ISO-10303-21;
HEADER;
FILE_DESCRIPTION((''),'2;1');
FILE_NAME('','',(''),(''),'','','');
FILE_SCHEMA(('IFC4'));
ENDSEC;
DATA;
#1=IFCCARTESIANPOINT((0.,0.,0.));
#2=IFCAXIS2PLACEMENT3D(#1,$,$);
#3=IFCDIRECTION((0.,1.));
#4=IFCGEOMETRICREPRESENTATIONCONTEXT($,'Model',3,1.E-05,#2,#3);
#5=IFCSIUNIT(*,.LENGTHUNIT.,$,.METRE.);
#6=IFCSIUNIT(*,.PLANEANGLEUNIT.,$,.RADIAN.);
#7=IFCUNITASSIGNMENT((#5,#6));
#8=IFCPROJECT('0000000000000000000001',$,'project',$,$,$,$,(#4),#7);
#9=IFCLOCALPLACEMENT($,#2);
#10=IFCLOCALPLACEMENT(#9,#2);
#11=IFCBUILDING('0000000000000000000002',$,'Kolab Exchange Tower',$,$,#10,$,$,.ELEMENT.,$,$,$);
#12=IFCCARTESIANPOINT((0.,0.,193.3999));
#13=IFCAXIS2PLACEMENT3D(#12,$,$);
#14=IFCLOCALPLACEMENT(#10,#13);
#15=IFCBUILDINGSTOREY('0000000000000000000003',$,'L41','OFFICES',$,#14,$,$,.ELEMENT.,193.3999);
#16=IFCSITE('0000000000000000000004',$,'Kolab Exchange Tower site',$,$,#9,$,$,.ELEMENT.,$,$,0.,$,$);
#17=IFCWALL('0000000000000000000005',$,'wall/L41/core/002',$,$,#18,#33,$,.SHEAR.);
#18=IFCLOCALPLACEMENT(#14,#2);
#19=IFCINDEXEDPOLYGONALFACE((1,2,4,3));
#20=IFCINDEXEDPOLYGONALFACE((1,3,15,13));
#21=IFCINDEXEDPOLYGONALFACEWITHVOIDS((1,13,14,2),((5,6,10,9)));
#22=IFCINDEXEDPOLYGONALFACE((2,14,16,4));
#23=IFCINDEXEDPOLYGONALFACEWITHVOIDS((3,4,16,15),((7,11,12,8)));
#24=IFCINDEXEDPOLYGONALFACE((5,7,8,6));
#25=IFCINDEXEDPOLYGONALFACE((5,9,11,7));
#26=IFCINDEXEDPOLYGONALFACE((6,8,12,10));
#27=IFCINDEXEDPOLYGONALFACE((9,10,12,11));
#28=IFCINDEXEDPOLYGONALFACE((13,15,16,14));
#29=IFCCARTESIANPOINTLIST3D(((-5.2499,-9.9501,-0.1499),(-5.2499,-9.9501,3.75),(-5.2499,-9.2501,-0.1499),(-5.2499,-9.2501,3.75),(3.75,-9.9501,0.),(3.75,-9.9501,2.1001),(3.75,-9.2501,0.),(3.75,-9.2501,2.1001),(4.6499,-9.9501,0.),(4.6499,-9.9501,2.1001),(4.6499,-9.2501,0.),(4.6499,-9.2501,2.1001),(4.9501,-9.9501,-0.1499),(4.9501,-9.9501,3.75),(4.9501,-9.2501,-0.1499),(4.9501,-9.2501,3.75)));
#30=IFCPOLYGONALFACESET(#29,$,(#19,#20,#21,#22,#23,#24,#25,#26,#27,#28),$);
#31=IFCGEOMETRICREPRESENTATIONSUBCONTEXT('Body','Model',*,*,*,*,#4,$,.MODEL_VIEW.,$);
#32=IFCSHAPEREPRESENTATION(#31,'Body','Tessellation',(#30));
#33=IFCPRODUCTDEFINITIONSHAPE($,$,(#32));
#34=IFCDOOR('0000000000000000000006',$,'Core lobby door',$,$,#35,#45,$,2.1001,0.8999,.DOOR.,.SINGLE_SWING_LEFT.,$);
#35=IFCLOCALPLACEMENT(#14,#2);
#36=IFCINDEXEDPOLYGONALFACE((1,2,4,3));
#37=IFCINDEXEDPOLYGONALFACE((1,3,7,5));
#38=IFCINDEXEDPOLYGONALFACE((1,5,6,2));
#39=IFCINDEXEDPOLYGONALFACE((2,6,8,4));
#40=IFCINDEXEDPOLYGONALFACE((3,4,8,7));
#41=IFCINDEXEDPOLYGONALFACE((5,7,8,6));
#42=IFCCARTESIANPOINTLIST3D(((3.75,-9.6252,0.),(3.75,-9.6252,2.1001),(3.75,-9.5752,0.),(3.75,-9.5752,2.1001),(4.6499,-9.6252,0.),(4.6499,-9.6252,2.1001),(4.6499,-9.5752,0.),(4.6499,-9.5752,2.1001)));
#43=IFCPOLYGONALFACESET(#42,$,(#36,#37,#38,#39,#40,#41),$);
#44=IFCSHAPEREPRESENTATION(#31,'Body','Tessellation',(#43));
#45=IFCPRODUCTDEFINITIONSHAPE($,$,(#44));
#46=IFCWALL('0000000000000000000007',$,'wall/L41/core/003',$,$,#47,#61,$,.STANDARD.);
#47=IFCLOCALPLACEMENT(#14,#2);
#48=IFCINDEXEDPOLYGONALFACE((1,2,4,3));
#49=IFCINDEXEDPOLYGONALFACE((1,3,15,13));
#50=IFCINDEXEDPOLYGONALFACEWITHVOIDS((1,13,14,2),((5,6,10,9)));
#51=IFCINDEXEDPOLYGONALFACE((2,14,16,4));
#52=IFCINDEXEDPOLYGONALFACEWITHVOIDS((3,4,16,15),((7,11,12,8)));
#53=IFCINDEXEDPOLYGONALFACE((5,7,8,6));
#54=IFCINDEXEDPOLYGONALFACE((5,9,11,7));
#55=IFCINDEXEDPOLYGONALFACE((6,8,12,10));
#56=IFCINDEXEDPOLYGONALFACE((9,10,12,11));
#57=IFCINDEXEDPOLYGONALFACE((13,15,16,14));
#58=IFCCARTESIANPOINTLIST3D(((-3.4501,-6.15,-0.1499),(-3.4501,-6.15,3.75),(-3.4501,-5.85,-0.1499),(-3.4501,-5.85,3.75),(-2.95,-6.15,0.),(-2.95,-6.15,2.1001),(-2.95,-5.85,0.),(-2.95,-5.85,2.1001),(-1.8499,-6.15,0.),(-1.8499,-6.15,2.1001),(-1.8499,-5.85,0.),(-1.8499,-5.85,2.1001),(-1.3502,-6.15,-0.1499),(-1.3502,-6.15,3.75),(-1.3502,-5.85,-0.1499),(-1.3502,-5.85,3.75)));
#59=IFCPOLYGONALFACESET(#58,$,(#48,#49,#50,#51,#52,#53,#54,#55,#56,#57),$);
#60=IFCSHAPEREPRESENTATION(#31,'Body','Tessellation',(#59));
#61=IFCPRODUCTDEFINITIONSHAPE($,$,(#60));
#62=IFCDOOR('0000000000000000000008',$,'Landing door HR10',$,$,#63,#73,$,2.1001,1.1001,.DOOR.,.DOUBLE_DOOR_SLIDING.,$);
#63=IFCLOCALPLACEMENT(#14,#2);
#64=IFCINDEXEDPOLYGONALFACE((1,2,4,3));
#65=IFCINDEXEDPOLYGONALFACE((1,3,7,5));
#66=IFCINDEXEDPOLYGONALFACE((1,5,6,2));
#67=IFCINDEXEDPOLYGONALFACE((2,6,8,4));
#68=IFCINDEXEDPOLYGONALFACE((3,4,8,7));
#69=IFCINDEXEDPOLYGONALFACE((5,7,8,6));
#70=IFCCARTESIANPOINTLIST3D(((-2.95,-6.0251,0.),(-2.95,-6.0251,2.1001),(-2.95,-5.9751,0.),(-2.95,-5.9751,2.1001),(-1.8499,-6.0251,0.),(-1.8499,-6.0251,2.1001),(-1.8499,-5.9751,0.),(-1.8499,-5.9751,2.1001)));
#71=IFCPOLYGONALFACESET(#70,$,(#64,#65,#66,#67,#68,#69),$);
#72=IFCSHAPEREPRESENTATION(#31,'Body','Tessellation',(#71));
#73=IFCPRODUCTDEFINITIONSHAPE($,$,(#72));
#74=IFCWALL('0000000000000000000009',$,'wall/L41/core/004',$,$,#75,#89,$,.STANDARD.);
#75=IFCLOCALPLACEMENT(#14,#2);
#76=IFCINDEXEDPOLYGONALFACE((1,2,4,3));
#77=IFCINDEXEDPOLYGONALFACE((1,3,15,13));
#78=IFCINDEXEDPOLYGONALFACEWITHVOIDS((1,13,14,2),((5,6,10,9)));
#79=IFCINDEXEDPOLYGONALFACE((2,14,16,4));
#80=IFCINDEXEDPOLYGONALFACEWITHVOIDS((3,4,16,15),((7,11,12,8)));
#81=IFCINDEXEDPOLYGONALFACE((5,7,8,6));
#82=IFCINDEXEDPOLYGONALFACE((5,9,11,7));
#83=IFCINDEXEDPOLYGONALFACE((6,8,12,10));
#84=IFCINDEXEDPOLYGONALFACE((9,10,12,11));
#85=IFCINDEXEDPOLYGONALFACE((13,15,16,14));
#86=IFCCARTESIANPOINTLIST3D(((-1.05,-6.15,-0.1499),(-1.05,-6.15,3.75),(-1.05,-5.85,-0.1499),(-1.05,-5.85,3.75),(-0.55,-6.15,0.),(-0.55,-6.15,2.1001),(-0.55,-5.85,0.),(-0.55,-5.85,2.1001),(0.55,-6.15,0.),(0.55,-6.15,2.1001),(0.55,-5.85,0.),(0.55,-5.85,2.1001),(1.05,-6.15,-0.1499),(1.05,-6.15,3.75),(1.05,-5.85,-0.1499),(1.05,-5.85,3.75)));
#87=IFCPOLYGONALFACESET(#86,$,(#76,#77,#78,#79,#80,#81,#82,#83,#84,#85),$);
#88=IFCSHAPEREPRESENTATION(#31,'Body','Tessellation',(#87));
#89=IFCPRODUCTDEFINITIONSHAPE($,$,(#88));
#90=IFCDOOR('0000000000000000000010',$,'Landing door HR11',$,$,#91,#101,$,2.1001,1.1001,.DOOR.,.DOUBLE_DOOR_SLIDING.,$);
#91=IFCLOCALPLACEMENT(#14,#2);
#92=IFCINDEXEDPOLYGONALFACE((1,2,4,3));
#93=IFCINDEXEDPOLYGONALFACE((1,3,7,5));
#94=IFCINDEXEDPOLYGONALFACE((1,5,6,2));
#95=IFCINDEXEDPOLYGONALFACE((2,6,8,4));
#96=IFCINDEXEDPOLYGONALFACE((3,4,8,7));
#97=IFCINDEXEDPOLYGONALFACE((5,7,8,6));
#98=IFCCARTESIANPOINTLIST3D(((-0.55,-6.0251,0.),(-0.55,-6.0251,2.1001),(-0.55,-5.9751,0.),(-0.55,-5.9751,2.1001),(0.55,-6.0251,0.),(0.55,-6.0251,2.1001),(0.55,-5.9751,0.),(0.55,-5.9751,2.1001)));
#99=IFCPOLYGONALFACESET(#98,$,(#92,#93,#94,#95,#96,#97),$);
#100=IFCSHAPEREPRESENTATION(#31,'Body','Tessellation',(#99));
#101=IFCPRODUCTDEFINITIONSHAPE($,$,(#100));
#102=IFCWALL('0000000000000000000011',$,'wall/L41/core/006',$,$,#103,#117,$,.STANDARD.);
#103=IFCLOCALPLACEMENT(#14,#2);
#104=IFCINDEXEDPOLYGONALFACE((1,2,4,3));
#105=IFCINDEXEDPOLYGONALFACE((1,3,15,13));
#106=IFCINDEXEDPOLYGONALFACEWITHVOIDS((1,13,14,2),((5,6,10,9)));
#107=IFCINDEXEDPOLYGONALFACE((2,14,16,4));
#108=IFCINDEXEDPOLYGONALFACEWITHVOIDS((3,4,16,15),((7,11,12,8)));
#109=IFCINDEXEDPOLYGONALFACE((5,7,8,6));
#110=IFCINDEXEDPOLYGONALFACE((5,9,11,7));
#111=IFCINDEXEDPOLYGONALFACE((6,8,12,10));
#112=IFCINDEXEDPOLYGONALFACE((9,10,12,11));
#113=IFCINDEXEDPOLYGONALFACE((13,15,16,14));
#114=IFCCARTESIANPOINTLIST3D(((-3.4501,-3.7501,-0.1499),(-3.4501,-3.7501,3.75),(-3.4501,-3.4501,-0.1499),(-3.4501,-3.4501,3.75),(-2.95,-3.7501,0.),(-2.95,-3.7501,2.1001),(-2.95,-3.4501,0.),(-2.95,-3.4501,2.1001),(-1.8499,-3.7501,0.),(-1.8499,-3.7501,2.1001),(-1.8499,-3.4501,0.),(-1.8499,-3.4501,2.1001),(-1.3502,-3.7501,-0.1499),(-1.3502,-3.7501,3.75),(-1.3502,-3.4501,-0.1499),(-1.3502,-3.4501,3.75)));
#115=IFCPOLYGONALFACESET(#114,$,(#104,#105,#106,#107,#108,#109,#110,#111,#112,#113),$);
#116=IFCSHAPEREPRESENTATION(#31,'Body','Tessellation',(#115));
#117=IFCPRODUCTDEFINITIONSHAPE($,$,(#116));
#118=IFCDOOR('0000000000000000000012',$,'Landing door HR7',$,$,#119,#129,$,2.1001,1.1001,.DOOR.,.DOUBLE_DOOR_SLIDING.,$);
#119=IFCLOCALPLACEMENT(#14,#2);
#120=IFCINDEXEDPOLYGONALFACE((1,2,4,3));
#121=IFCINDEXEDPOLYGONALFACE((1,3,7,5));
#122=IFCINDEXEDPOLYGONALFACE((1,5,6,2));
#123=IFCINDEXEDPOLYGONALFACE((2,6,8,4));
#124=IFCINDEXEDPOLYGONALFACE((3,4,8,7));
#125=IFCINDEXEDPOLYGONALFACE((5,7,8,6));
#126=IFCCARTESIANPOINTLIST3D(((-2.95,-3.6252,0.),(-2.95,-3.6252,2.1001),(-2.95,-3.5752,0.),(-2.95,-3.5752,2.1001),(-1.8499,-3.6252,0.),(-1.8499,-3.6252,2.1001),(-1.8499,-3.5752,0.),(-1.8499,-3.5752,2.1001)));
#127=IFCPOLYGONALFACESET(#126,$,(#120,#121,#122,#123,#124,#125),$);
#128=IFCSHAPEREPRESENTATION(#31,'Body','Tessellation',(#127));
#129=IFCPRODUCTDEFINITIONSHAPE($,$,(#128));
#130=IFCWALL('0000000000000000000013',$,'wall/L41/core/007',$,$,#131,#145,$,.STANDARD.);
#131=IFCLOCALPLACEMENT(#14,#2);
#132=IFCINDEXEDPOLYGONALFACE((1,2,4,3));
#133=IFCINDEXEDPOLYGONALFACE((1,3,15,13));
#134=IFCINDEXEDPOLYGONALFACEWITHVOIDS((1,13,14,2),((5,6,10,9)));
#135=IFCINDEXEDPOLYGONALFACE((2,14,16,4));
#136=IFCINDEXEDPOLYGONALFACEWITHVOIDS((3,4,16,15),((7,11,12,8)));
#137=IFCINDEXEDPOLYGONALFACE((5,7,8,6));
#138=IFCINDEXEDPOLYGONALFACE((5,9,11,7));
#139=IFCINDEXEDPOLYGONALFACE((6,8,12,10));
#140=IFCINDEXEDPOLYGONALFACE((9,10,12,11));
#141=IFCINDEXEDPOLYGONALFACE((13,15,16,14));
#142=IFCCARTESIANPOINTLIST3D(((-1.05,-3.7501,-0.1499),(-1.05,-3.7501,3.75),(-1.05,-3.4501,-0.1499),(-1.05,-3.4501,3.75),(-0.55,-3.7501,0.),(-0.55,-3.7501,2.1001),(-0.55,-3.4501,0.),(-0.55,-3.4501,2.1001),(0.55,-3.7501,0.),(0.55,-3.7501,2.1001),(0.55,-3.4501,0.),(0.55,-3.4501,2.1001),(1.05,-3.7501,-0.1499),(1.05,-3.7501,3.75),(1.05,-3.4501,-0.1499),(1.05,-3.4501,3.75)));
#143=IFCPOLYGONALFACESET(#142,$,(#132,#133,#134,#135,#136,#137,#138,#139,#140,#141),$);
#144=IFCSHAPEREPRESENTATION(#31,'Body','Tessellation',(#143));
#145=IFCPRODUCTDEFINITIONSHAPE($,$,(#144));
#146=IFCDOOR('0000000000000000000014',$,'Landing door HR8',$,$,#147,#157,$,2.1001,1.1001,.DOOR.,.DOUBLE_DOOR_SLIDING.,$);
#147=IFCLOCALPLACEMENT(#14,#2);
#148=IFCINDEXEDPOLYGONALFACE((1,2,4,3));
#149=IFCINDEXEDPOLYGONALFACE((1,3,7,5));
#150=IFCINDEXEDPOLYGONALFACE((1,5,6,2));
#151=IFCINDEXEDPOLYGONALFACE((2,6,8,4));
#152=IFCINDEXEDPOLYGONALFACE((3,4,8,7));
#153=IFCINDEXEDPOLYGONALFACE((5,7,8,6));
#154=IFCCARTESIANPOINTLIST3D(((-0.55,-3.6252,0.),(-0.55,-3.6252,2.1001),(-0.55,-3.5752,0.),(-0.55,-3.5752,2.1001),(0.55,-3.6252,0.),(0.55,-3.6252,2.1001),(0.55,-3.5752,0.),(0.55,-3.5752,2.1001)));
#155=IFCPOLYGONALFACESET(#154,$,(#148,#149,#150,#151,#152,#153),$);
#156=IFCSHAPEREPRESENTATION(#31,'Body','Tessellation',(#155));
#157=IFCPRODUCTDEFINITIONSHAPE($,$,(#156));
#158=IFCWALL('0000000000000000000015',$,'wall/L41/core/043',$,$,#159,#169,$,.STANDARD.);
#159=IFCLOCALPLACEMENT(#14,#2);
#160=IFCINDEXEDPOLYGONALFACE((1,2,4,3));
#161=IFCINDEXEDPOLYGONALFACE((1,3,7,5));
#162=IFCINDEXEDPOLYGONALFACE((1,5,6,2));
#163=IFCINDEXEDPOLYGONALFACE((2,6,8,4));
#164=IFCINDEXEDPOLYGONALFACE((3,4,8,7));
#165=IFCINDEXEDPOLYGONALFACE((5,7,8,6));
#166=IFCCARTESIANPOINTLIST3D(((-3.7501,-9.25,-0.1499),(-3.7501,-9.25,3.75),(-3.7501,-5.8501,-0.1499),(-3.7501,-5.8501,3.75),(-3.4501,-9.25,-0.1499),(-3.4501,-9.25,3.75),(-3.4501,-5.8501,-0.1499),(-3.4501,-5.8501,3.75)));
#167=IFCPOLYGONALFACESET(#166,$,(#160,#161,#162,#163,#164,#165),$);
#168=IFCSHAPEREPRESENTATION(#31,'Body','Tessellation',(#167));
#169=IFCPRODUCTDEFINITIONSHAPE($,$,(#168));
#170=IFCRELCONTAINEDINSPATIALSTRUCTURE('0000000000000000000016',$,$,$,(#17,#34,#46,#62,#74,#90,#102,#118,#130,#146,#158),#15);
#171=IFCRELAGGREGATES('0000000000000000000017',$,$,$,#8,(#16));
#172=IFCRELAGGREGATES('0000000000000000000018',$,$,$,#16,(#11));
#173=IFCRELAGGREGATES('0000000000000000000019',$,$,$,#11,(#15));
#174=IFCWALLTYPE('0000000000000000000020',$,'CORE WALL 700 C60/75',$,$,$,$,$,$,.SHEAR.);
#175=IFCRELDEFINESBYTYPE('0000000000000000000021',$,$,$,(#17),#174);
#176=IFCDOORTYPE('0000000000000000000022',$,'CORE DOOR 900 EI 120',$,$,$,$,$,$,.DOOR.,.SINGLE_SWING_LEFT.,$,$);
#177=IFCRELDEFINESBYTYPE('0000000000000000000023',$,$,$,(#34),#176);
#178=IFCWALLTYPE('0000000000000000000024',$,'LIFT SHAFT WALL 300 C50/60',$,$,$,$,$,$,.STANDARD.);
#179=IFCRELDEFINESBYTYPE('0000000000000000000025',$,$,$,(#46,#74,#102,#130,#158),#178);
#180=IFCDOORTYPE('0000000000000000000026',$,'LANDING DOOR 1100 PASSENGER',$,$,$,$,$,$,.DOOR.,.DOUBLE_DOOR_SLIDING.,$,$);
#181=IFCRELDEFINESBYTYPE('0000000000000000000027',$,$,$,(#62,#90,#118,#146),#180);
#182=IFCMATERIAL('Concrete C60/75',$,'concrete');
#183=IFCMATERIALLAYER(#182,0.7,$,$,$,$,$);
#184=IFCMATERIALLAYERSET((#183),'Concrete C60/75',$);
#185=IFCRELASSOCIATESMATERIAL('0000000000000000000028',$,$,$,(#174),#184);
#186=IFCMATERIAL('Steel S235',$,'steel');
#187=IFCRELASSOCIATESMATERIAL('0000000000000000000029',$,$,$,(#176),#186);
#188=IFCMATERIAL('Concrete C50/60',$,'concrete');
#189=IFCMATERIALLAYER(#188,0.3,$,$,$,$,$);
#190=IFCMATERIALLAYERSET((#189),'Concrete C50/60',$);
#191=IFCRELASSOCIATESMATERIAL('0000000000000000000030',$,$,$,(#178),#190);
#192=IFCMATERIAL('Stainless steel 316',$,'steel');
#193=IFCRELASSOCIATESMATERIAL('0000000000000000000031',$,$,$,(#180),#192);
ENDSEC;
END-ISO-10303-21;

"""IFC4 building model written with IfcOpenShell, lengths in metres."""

from ifc_helpers import new_model, si_unit, direction, frame, frame_2d, origin, place, context, subcontext, project, spatial, rectangle, extrude, material, layer, layer_set, type_object, element, fill, save


model = new_model("IFC4")

# Units and contexts
model_context = context("Model", 3, precision=1e-05, world=origin(), true_north=direction((0.0, 1.0)))
body_context = subcontext(model_context, "Body", "Model", "MODEL_VIEW")
ifc_project = project(units=[si_unit("LENGTHUNIT", "METRE"), si_unit("PLANEANGLEUNIT", "RADIAN")], contexts=[model_context])

# Site, building, storey
site_placement = place(None, origin())
site = spatial("IfcSite", under=ifc_project, at=site_placement, Name="Kolab Exchange Tower site", CompositionType="ELEMENT", RefElevation=0.0)
building_placement = place(site_placement, origin())
building = spatial("IfcBuilding", under=site, at=building_placement, Name="Kolab Exchange Tower", CompositionType="ELEMENT")
storey_placement = place(building_placement, frame((0.0, 0.0, 193.3999)))
storey = spatial("IfcBuildingStorey", under=building, at=storey_placement, Name="L41", Description="OFFICES", CompositionType="ELEMENT", Elevation=193.3999)

# Walls, openings, doors
ifc_material_1 = material(Name="Concrete C60/75", Category="concrete")
ifc_layer_1 = layer(ifc_material_1, 0.7)
ifc_layer_set_1 = layer_set([ifc_layer_1], Name="Concrete C60/75")
wall_type_1 = type_object("IfcWallType", Name="CORE WALL 700 C60/75", PredefinedType="SHEAR", material=ifc_layer_set_1)
wall_1_placement = place(storey_placement, frame((-5.25, -9.6001, -0.1499), z_axis=(0.0, 0.0, 1.0), x_axis=(1.0, 0.0, 0.0)))
wall_1 = element("IfcWall", 1, at=wall_1_placement, inside=storey, type_object=wall_type_1, Name="wall/L41/core/002", PredefinedType="SHEAR", context=body_context, shape_type="SweptSolid", body=[
    extrude(rectangle(XDim=10.2, YDim=0.7, at=frame_2d((5.1001, 0.0))), origin(), (0.0, 0.0, 1.0), 3.8999),
])
opening_1_placement = place(wall_1_placement, frame((9.0, 0.0, 0.1499)))
opening_1 = element("IfcOpeningElement", 2, at=opening_1_placement, cuts=wall_1, PredefinedType="OPENING", context=body_context, shape_type="SweptSolid", body=[
    extrude(rectangle(XDim=0.8999, YDim=2.1001, at=frame_2d((0.45, 1.05))), frame((0.0, 0.3599, 0.0), z_axis=(0.0, -1.0, 0.0), x_axis=(1.0, 0.0, 0.0)), (0.0, 0.0, 1.0), 0.72),
])
ifc_material_2 = material(Name="Steel S235", Category="steel")
door_type_1 = type_object("IfcDoorType", Name="CORE DOOR 900 EI 120", OperationType="SINGLE_SWING_LEFT", PredefinedType="DOOR", material=ifc_material_2)
door_1_placement = place(opening_1_placement, origin())
door_1 = element("IfcDoor", 3, at=door_1_placement, inside=storey, type_object=door_type_1, Name="Core lobby door", OperationType="SINGLE_SWING_LEFT", OverallHeight=2.1001, OverallWidth=0.8999, PredefinedType="DOOR", context=body_context, shape_type="SweptSolid", body=[
    extrude(rectangle(XDim=0.8999, YDim=2.1001, at=frame_2d((0.45, 1.05))), frame((0.0, 0.0249, 0.0), z_axis=(0.0, -1.0, 0.0), x_axis=(1.0, 0.0, 0.0)), (0.0, 0.0, 1.0), 0.05),
])
fill(opening_1, door_1)
ifc_material_3 = material(Name="Concrete C50/60", Category="concrete")
ifc_layer_2 = layer(ifc_material_3, 0.3)
ifc_layer_set_2 = layer_set([ifc_layer_2], Name="Concrete C50/60")
wall_type_2 = type_object("IfcWallType", Name="LIFT SHAFT WALL 300 C50/60", PredefinedType="STANDARD", material=ifc_layer_set_2)
wall_2_placement = place(storey_placement, frame((-3.45, -6.0, -0.1499), z_axis=(0.0, 0.0, 1.0), x_axis=(1.0, 0.0, 0.0)))
wall_2 = element("IfcWall", 4, at=wall_2_placement, inside=storey, type_object=wall_type_2, Name="wall/L41/core/003", PredefinedType="STANDARD", context=body_context, shape_type="SweptSolid", body=[
    extrude(rectangle(XDim=2.0999, YDim=0.3, at=frame_2d((1.0498, 0.0))), origin(), (0.0, 0.0, 1.0), 3.8999),
])
opening_2_placement = place(wall_2_placement, frame((0.5, 0.0, 0.1499)))
opening_2 = element("IfcOpeningElement", 5, at=opening_2_placement, cuts=wall_2, PredefinedType="OPENING", context=body_context, shape_type="SweptSolid", body=[
    extrude(rectangle(XDim=1.1001, YDim=2.1001, at=frame_2d((0.55, 1.05))), frame((0.0, 0.1602, 0.0), z_axis=(0.0, -1.0, 0.0), x_axis=(1.0, 0.0, 0.0)), (0.0, 0.0, 1.0), 0.3201),
])
ifc_material_4 = material(Name="Stainless steel 316", Category="steel")
door_type_2 = type_object("IfcDoorType", Name="LANDING DOOR 1100 PASSENGER", OperationType="DOUBLE_DOOR_SLIDING", PredefinedType="DOOR", material=ifc_material_4)
door_2_placement = place(opening_2_placement, origin())
door_2 = element("IfcDoor", 6, at=door_2_placement, inside=storey, type_object=door_type_2, Name="Landing door HR10", OperationType="DOUBLE_DOOR_SLIDING", OverallHeight=2.1001, OverallWidth=1.1001, PredefinedType="DOOR", context=body_context, shape_type="SweptSolid", body=[
    extrude(rectangle(XDim=1.1001, YDim=2.1001, at=frame_2d((0.55, 1.05))), frame((0.0, 0.0249, 0.0), z_axis=(0.0, -1.0, 0.0), x_axis=(1.0, 0.0, 0.0)), (0.0, 0.0, 1.0), 0.05),
])
fill(opening_2, door_2)
wall_3_placement = place(storey_placement, frame((-1.05, -6.0, -0.1499), z_axis=(0.0, 0.0, 1.0), x_axis=(1.0, 0.0, 0.0)))
wall_3 = element("IfcWall", 7, at=wall_3_placement, inside=storey, type_object=wall_type_2, Name="wall/L41/core/004", PredefinedType="STANDARD", context=body_context, shape_type="SweptSolid", body=[
    extrude(rectangle(XDim=2.1001, YDim=0.3, at=frame_2d((1.05, 0.0))), origin(), (0.0, 0.0, 1.0), 3.8999),
])
opening_3_placement = place(wall_3_placement, frame((0.5, 0.0, 0.1499)))
opening_3 = element("IfcOpeningElement", 8, at=opening_3_placement, cuts=wall_3, PredefinedType="OPENING", context=body_context, shape_type="SweptSolid", body=[
    extrude(rectangle(XDim=1.1001, YDim=2.1001, at=frame_2d((0.55, 1.05))), frame((0.0, 0.1602, 0.0), z_axis=(0.0, -1.0, 0.0), x_axis=(1.0, 0.0, 0.0)), (0.0, 0.0, 1.0), 0.3201),
])
door_3_placement = place(opening_3_placement, origin())
door_3 = element("IfcDoor", 9, at=door_3_placement, inside=storey, type_object=door_type_2, Name="Landing door HR11", OperationType="DOUBLE_DOOR_SLIDING", OverallHeight=2.1001, OverallWidth=1.1001, PredefinedType="DOOR", context=body_context, shape_type="SweptSolid", body=[
    extrude(rectangle(XDim=1.1001, YDim=2.1001, at=frame_2d((0.55, 1.05))), frame((0.0, 0.0249, 0.0), z_axis=(0.0, -1.0, 0.0), x_axis=(1.0, 0.0, 0.0)), (0.0, 0.0, 1.0), 0.05),
])
fill(opening_3, door_3)
wall_4_placement = place(storey_placement, frame((-3.45, -3.6001, -0.1499), z_axis=(0.0, 0.0, 1.0), x_axis=(1.0, 0.0, 0.0)))
wall_4 = element("IfcWall", 10, at=wall_4_placement, inside=storey, type_object=wall_type_2, Name="wall/L41/core/006", PredefinedType="STANDARD", context=body_context, shape_type="SweptSolid", body=[
    extrude(rectangle(XDim=2.0999, YDim=0.3, at=frame_2d((1.0498, 0.0))), origin(), (0.0, 0.0, 1.0), 3.8999),
])
opening_4_placement = place(wall_4_placement, frame((0.5, 0.0, 0.1499)))
opening_4 = element("IfcOpeningElement", 11, at=opening_4_placement, cuts=wall_4, PredefinedType="OPENING", context=body_context, shape_type="SweptSolid", body=[
    extrude(rectangle(XDim=1.1001, YDim=2.1001, at=frame_2d((0.55, 1.05))), frame((0.0, 0.1602, 0.0), z_axis=(0.0, -1.0, 0.0), x_axis=(1.0, 0.0, 0.0)), (0.0, 0.0, 1.0), 0.3201),
])
door_4_placement = place(opening_4_placement, origin())
door_4 = element("IfcDoor", 12, at=door_4_placement, inside=storey, type_object=door_type_2, Name="Landing door HR7", OperationType="DOUBLE_DOOR_SLIDING", OverallHeight=2.1001, OverallWidth=1.1001, PredefinedType="DOOR", context=body_context, shape_type="SweptSolid", body=[
    extrude(rectangle(XDim=1.1001, YDim=2.1001, at=frame_2d((0.55, 1.05))), frame((0.0, 0.0249, 0.0), z_axis=(0.0, -1.0, 0.0), x_axis=(1.0, 0.0, 0.0)), (0.0, 0.0, 1.0), 0.05),
])
fill(opening_4, door_4)
wall_5_placement = place(storey_placement, frame((-1.05, -3.6001, -0.1499), z_axis=(0.0, 0.0, 1.0), x_axis=(1.0, 0.0, 0.0)))
wall_5 = element("IfcWall", 13, at=wall_5_placement, inside=storey, type_object=wall_type_2, Name="wall/L41/core/007", PredefinedType="STANDARD", context=body_context, shape_type="SweptSolid", body=[
    extrude(rectangle(XDim=2.1001, YDim=0.3, at=frame_2d((1.05, 0.0))), origin(), (0.0, 0.0, 1.0), 3.8999),
])
opening_5_placement = place(wall_5_placement, frame((0.5, 0.0, 0.1499)))
opening_5 = element("IfcOpeningElement", 14, at=opening_5_placement, cuts=wall_5, PredefinedType="OPENING", context=body_context, shape_type="SweptSolid", body=[
    extrude(rectangle(XDim=1.1001, YDim=2.1001, at=frame_2d((0.55, 1.05))), frame((0.0, 0.1602, 0.0), z_axis=(0.0, -1.0, 0.0), x_axis=(1.0, 0.0, 0.0)), (0.0, 0.0, 1.0), 0.3201),
])
door_5_placement = place(opening_5_placement, origin())
door_5 = element("IfcDoor", 15, at=door_5_placement, inside=storey, type_object=door_type_2, Name="Landing door HR8", OperationType="DOUBLE_DOOR_SLIDING", OverallHeight=2.1001, OverallWidth=1.1001, PredefinedType="DOOR", context=body_context, shape_type="SweptSolid", body=[
    extrude(rectangle(XDim=1.1001, YDim=2.1001, at=frame_2d((0.55, 1.05))), frame((0.0, 0.0249, 0.0), z_axis=(0.0, -1.0, 0.0), x_axis=(1.0, 0.0, 0.0)), (0.0, 0.0, 1.0), 0.05),
])
fill(opening_5, door_5)

# Wall
wall_6_placement = place(storey_placement, frame((-3.6001, -9.25, -0.1499), z_axis=(0.0, 0.0, 1.0), x_axis=(0.0, 1.0, 0.0)))
element("IfcWall", 16, at=wall_6_placement, inside=storey, type_object=wall_type_2, Name="wall/L41/core/043", PredefinedType="STANDARD", context=body_context, shape_type="SweptSolid", body=[
    extrude(rectangle(XDim=3.3999, YDim=0.3, at=frame_2d((1.7, 0.0))), origin(), (0.0, 0.0, 1.0), 3.8999),
])

save(model, "model.ifc")
